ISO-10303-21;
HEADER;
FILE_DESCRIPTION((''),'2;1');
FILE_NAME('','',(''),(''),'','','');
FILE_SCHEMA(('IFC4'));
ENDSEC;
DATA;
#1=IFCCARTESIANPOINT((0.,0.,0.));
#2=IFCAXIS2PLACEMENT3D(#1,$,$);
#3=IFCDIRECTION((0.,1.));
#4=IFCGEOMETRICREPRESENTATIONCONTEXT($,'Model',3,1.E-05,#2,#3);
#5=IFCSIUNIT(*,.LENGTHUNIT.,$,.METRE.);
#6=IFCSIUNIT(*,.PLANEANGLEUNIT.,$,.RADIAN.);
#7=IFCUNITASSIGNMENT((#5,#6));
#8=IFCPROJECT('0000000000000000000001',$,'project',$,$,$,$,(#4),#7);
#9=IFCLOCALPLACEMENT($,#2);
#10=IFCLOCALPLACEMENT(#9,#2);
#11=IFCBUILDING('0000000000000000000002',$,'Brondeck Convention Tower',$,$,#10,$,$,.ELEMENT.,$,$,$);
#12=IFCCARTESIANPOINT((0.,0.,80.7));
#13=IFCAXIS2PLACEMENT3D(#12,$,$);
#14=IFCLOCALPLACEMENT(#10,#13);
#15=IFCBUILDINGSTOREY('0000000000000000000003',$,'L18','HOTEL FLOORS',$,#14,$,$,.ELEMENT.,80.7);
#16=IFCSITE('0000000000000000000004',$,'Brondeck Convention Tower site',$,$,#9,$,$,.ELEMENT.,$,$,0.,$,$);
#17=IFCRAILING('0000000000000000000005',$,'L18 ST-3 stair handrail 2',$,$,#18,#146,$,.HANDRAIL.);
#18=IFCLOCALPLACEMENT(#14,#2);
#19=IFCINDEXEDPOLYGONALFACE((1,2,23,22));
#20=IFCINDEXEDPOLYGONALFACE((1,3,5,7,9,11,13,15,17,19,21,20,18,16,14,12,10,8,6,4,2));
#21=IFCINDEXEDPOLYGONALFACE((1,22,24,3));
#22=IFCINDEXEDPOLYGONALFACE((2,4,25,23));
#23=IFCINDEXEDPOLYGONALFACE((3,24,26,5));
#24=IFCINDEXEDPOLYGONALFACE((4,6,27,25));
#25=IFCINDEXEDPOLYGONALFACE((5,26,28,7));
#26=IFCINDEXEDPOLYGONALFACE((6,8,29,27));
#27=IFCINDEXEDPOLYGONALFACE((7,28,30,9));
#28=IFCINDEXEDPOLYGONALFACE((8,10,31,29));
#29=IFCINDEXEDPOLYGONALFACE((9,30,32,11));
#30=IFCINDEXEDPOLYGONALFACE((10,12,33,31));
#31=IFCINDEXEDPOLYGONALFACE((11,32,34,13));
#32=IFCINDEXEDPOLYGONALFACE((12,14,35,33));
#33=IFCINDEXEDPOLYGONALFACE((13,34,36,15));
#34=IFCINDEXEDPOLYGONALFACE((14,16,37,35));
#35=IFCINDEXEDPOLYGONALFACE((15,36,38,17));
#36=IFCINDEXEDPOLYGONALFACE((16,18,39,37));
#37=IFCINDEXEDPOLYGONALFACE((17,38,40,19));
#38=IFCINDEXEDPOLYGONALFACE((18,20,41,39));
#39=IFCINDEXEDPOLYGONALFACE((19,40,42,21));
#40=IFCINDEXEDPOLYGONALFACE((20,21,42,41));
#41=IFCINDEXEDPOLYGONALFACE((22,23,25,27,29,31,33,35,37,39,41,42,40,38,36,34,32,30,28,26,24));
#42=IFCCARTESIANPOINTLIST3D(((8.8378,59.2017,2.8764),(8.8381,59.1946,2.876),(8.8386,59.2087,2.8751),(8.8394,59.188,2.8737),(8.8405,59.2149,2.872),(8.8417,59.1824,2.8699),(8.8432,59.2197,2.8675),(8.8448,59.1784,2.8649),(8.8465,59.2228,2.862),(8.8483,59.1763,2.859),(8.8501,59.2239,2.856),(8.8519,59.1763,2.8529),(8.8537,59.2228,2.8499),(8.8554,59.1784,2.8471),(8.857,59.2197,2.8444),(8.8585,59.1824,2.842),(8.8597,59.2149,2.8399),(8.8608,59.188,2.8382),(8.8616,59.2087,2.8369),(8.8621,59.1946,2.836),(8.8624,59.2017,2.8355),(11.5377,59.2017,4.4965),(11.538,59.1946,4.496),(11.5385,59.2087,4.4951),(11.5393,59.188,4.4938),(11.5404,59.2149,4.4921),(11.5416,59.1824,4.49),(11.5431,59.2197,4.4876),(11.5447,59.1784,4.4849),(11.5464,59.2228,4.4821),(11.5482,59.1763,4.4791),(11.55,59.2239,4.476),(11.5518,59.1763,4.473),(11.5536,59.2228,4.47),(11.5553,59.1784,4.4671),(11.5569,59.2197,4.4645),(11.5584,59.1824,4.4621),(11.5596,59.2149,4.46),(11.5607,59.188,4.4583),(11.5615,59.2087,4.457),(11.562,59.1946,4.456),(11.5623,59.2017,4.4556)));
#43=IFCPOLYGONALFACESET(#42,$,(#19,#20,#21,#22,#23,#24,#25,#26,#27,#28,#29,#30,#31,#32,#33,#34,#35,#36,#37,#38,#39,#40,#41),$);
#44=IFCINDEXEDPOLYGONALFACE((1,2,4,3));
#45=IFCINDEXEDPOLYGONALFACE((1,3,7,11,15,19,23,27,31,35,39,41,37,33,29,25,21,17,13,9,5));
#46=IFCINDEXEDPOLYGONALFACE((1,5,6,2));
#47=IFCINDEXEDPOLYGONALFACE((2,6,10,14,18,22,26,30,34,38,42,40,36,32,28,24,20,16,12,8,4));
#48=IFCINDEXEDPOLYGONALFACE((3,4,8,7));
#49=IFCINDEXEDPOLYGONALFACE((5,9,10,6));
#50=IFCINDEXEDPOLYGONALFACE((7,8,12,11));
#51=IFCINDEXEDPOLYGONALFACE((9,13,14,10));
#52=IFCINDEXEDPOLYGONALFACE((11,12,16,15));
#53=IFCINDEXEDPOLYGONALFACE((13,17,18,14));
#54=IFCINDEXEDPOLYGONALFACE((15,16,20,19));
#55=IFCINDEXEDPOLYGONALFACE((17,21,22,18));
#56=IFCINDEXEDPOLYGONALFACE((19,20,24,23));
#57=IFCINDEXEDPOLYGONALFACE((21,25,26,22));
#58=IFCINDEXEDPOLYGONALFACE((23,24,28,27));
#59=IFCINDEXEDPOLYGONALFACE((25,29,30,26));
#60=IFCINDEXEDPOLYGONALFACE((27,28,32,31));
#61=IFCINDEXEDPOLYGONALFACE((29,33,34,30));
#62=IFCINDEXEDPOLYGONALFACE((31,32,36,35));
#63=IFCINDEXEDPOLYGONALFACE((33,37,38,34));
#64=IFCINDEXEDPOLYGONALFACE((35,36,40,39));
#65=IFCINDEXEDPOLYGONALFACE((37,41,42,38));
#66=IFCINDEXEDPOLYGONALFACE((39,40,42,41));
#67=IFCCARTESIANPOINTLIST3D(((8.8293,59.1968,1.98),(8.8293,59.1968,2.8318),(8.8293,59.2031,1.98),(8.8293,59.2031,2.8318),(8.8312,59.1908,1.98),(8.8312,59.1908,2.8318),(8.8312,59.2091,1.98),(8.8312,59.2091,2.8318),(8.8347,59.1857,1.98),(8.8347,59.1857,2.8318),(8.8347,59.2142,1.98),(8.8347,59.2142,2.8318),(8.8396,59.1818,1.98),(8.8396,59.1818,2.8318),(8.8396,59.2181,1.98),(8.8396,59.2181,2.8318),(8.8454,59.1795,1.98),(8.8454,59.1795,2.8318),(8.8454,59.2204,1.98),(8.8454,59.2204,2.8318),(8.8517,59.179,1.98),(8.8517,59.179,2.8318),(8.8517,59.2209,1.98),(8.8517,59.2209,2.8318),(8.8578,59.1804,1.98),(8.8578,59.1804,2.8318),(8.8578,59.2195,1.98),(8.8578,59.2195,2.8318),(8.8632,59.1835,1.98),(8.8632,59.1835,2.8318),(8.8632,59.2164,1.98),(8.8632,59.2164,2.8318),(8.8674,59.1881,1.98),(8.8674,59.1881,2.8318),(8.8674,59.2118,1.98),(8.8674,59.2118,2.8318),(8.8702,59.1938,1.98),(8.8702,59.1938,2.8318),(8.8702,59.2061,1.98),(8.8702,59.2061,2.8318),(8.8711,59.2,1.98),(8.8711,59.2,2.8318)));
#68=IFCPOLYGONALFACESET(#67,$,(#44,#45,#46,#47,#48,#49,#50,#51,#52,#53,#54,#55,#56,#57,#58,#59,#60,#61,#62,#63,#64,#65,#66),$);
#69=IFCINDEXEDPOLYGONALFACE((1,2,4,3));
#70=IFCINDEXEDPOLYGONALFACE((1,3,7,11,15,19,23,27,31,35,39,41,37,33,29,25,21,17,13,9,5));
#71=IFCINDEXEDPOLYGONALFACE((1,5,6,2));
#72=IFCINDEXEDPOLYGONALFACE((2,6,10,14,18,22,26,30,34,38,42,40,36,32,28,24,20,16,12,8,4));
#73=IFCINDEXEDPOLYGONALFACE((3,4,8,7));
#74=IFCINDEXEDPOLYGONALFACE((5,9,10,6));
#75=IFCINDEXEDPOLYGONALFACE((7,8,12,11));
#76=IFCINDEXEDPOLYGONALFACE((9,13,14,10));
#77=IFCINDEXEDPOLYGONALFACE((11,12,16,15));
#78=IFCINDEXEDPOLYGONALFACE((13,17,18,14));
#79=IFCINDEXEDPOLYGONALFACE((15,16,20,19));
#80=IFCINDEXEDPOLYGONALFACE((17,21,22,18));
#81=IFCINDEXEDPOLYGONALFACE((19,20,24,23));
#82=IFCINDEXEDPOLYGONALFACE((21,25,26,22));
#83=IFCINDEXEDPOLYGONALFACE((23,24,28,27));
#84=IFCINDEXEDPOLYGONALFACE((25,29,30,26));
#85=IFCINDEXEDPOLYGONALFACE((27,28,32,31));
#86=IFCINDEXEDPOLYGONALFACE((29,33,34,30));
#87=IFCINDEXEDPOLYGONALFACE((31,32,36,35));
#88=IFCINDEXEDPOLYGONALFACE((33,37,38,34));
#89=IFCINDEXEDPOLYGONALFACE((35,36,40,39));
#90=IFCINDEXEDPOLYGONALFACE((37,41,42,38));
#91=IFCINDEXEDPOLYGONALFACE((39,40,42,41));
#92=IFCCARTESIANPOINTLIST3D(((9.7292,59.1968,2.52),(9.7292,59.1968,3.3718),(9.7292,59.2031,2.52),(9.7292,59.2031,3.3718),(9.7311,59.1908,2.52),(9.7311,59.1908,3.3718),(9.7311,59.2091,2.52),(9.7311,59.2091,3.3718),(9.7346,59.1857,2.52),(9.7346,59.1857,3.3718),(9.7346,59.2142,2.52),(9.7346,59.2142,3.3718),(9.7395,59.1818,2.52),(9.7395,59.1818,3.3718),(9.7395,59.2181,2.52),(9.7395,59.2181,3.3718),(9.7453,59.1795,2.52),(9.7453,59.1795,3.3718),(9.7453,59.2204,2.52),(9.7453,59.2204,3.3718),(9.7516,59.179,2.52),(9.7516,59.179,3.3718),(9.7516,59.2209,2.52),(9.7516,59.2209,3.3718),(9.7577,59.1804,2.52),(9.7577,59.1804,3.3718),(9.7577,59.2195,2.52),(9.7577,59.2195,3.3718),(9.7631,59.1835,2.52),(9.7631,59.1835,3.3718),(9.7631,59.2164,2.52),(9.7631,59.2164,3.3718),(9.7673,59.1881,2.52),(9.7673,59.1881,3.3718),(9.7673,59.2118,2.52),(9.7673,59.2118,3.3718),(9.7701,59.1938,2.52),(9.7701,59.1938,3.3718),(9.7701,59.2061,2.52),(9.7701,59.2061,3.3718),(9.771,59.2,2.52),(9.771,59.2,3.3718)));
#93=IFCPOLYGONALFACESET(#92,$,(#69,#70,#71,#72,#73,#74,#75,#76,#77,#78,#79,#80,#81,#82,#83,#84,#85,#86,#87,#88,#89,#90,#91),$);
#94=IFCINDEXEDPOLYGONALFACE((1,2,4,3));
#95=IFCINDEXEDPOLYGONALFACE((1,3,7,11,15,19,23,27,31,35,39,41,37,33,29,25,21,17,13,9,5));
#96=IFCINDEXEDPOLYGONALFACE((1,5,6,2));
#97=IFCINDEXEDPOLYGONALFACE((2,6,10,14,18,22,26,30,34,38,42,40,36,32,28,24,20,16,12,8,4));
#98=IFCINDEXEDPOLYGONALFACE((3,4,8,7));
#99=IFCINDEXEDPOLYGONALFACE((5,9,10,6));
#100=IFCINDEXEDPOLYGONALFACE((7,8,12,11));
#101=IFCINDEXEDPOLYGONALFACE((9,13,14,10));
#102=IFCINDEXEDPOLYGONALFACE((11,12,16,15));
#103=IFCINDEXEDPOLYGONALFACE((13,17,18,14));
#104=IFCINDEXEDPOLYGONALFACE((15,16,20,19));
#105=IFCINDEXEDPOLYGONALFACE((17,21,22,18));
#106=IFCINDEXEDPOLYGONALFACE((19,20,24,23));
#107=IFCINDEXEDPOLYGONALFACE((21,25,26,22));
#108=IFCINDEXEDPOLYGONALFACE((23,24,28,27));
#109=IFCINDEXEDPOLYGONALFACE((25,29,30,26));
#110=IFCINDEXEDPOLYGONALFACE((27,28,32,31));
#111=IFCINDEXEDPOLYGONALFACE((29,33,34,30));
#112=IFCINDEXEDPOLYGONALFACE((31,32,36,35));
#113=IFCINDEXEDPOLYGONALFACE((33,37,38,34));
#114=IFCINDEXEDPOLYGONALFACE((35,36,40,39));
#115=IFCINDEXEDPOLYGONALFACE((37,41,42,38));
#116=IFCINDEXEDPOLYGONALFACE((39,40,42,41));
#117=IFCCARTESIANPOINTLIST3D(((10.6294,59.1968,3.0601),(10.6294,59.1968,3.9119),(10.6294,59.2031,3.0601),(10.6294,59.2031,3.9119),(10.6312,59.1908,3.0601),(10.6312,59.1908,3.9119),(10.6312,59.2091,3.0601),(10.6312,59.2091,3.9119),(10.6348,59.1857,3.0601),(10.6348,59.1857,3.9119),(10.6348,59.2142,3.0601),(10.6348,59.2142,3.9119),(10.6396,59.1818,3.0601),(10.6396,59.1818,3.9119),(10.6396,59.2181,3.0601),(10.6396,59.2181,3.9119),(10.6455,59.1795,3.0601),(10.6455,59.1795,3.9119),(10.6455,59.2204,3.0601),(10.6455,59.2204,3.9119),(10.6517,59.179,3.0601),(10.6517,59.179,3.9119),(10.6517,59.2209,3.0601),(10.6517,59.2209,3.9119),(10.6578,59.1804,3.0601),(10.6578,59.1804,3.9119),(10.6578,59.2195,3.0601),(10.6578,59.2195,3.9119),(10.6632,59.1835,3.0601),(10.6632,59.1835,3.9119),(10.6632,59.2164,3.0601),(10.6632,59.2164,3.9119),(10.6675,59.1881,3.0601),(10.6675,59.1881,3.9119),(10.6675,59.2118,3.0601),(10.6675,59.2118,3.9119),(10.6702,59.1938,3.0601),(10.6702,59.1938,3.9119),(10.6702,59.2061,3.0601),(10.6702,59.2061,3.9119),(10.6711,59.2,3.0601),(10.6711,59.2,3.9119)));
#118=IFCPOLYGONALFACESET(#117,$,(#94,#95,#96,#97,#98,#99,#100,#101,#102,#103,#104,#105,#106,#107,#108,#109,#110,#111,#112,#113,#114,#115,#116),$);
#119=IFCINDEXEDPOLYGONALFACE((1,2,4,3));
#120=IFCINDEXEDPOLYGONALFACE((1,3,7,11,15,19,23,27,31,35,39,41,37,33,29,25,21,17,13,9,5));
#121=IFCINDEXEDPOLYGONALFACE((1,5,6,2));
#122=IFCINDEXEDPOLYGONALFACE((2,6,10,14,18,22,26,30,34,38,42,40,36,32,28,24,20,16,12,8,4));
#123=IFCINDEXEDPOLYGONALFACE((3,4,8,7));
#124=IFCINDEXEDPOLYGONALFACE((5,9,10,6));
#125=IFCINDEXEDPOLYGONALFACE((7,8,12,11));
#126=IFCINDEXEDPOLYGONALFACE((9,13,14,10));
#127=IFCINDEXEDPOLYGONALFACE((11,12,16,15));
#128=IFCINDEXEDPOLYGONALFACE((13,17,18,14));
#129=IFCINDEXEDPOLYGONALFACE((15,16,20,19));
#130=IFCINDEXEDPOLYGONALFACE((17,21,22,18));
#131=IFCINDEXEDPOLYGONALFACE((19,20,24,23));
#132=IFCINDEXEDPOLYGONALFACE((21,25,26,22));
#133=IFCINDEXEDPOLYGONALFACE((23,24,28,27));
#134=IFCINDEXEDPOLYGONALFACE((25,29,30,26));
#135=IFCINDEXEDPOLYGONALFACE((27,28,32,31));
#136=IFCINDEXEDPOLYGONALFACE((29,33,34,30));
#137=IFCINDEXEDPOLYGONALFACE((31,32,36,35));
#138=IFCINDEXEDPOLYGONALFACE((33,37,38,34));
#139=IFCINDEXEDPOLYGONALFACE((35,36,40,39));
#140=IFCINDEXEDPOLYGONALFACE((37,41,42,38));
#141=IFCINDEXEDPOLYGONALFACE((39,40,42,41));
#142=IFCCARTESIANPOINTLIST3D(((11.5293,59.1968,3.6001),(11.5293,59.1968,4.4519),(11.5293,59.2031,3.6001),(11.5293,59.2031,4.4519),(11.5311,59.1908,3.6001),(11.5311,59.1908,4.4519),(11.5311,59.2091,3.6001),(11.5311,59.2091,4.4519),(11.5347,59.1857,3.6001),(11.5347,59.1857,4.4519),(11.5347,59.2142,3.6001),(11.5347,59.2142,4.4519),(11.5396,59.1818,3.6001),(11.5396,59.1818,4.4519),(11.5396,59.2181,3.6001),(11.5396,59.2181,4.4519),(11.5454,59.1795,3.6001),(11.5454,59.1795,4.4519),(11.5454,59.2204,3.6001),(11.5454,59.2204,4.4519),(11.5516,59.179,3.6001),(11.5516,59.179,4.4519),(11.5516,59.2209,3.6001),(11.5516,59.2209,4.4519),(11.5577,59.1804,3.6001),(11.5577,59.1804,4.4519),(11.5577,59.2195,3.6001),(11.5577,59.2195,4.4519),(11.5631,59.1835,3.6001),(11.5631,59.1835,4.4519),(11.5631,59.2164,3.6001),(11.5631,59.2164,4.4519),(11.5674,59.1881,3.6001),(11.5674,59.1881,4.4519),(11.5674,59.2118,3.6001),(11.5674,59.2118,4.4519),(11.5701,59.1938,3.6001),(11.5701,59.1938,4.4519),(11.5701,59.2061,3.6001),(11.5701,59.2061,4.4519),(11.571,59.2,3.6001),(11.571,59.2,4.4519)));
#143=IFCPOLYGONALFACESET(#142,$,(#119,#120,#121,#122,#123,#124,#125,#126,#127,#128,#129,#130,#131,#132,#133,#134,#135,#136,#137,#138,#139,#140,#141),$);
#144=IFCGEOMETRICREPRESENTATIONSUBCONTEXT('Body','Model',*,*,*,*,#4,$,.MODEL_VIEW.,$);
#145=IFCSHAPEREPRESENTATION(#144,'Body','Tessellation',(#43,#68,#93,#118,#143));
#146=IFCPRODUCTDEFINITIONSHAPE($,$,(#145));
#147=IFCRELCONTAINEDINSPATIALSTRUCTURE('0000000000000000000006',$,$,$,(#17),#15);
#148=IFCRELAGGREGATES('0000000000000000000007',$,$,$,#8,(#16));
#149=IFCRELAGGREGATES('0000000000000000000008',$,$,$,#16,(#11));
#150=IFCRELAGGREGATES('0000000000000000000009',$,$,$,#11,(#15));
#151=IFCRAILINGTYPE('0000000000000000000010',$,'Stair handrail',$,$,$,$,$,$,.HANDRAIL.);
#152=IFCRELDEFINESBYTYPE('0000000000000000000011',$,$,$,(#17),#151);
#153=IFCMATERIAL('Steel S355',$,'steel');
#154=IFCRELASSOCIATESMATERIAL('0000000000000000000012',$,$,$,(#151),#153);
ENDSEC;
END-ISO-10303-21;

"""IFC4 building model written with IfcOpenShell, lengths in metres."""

from ifc_helpers import new_model, si_unit, direction, frame, origin, origin_2d, place, context, subcontext, project, spatial, circle, extrude, material, type_object, element, save


model = new_model("IFC4")

# Units and contexts
model_context = context("Model", 3, precision=1e-05, world=origin(), true_north=direction((0.0, 1.0)))
body_context = subcontext(model_context, "Body", "Model", "MODEL_VIEW")
ifc_project = project(units=[si_unit("LENGTHUNIT", "METRE"), si_unit("PLANEANGLEUNIT", "RADIAN")], contexts=[model_context])

# Site, building, storey
site_placement = place(None, origin())
site = spatial("IfcSite", under=ifc_project, at=site_placement, Name="Brondeck Convention Tower site", CompositionType="ELEMENT", RefElevation=0.0)
building_placement = place(site_placement, origin())
building = spatial("IfcBuilding", under=site, at=building_placement, Name="Brondeck Convention Tower", CompositionType="ELEMENT")
storey_placement = place(building_placement, frame((0.0, 0.0, 80.7)))
storey = spatial("IfcBuildingStorey", under=building, at=storey_placement, Name="L18", Description="HOTEL FLOORS", CompositionType="ELEMENT", Elevation=80.7)

# Railing
ifc_material_1 = material(Name="Steel S355", Category="steel")
railing_type = type_object("IfcRailingType", Name="Stair handrail", PredefinedType="HANDRAIL", material=ifc_material_1)
railing_placement = place(storey_placement, frame((8.8501, 59.2, 1.98)))
element("IfcRailing", 1, at=railing_placement, inside=storey, type_object=railing_type, Name="L18 ST-3 stair handrail 2", PredefinedType="HANDRAIL", context=body_context, shape_type="SweptSolid", body=[
    extrude(circle(Radius=0.0239, at=origin_2d()), frame((0.0, 0.0, 0.876), z_axis=(0.857472, 0.0, 0.51453), x_axis=(0.0, 1.0, 0.0)), (0.0, 0.0, 1.0), 3.1487),
    extrude(circle(Radius=0.021, at=origin_2d()), origin(), (0.0, 0.0, 1.0), 0.8518),
    extrude(circle(Radius=0.021, at=origin_2d()), frame((0.8999, 0.0, 0.54)), (0.0, 0.0, 1.0), 0.8518),
    extrude(circle(Radius=0.021, at=origin_2d()), frame((1.8, 0.0, 1.0801)), (0.0, 0.0, 1.0), 0.8518),
    extrude(circle(Radius=0.021, at=origin_2d()), frame((2.7, 0.0, 1.6201)), (0.0, 0.0, 1.0), 0.8518),
])

save(model, "model.ifc")
